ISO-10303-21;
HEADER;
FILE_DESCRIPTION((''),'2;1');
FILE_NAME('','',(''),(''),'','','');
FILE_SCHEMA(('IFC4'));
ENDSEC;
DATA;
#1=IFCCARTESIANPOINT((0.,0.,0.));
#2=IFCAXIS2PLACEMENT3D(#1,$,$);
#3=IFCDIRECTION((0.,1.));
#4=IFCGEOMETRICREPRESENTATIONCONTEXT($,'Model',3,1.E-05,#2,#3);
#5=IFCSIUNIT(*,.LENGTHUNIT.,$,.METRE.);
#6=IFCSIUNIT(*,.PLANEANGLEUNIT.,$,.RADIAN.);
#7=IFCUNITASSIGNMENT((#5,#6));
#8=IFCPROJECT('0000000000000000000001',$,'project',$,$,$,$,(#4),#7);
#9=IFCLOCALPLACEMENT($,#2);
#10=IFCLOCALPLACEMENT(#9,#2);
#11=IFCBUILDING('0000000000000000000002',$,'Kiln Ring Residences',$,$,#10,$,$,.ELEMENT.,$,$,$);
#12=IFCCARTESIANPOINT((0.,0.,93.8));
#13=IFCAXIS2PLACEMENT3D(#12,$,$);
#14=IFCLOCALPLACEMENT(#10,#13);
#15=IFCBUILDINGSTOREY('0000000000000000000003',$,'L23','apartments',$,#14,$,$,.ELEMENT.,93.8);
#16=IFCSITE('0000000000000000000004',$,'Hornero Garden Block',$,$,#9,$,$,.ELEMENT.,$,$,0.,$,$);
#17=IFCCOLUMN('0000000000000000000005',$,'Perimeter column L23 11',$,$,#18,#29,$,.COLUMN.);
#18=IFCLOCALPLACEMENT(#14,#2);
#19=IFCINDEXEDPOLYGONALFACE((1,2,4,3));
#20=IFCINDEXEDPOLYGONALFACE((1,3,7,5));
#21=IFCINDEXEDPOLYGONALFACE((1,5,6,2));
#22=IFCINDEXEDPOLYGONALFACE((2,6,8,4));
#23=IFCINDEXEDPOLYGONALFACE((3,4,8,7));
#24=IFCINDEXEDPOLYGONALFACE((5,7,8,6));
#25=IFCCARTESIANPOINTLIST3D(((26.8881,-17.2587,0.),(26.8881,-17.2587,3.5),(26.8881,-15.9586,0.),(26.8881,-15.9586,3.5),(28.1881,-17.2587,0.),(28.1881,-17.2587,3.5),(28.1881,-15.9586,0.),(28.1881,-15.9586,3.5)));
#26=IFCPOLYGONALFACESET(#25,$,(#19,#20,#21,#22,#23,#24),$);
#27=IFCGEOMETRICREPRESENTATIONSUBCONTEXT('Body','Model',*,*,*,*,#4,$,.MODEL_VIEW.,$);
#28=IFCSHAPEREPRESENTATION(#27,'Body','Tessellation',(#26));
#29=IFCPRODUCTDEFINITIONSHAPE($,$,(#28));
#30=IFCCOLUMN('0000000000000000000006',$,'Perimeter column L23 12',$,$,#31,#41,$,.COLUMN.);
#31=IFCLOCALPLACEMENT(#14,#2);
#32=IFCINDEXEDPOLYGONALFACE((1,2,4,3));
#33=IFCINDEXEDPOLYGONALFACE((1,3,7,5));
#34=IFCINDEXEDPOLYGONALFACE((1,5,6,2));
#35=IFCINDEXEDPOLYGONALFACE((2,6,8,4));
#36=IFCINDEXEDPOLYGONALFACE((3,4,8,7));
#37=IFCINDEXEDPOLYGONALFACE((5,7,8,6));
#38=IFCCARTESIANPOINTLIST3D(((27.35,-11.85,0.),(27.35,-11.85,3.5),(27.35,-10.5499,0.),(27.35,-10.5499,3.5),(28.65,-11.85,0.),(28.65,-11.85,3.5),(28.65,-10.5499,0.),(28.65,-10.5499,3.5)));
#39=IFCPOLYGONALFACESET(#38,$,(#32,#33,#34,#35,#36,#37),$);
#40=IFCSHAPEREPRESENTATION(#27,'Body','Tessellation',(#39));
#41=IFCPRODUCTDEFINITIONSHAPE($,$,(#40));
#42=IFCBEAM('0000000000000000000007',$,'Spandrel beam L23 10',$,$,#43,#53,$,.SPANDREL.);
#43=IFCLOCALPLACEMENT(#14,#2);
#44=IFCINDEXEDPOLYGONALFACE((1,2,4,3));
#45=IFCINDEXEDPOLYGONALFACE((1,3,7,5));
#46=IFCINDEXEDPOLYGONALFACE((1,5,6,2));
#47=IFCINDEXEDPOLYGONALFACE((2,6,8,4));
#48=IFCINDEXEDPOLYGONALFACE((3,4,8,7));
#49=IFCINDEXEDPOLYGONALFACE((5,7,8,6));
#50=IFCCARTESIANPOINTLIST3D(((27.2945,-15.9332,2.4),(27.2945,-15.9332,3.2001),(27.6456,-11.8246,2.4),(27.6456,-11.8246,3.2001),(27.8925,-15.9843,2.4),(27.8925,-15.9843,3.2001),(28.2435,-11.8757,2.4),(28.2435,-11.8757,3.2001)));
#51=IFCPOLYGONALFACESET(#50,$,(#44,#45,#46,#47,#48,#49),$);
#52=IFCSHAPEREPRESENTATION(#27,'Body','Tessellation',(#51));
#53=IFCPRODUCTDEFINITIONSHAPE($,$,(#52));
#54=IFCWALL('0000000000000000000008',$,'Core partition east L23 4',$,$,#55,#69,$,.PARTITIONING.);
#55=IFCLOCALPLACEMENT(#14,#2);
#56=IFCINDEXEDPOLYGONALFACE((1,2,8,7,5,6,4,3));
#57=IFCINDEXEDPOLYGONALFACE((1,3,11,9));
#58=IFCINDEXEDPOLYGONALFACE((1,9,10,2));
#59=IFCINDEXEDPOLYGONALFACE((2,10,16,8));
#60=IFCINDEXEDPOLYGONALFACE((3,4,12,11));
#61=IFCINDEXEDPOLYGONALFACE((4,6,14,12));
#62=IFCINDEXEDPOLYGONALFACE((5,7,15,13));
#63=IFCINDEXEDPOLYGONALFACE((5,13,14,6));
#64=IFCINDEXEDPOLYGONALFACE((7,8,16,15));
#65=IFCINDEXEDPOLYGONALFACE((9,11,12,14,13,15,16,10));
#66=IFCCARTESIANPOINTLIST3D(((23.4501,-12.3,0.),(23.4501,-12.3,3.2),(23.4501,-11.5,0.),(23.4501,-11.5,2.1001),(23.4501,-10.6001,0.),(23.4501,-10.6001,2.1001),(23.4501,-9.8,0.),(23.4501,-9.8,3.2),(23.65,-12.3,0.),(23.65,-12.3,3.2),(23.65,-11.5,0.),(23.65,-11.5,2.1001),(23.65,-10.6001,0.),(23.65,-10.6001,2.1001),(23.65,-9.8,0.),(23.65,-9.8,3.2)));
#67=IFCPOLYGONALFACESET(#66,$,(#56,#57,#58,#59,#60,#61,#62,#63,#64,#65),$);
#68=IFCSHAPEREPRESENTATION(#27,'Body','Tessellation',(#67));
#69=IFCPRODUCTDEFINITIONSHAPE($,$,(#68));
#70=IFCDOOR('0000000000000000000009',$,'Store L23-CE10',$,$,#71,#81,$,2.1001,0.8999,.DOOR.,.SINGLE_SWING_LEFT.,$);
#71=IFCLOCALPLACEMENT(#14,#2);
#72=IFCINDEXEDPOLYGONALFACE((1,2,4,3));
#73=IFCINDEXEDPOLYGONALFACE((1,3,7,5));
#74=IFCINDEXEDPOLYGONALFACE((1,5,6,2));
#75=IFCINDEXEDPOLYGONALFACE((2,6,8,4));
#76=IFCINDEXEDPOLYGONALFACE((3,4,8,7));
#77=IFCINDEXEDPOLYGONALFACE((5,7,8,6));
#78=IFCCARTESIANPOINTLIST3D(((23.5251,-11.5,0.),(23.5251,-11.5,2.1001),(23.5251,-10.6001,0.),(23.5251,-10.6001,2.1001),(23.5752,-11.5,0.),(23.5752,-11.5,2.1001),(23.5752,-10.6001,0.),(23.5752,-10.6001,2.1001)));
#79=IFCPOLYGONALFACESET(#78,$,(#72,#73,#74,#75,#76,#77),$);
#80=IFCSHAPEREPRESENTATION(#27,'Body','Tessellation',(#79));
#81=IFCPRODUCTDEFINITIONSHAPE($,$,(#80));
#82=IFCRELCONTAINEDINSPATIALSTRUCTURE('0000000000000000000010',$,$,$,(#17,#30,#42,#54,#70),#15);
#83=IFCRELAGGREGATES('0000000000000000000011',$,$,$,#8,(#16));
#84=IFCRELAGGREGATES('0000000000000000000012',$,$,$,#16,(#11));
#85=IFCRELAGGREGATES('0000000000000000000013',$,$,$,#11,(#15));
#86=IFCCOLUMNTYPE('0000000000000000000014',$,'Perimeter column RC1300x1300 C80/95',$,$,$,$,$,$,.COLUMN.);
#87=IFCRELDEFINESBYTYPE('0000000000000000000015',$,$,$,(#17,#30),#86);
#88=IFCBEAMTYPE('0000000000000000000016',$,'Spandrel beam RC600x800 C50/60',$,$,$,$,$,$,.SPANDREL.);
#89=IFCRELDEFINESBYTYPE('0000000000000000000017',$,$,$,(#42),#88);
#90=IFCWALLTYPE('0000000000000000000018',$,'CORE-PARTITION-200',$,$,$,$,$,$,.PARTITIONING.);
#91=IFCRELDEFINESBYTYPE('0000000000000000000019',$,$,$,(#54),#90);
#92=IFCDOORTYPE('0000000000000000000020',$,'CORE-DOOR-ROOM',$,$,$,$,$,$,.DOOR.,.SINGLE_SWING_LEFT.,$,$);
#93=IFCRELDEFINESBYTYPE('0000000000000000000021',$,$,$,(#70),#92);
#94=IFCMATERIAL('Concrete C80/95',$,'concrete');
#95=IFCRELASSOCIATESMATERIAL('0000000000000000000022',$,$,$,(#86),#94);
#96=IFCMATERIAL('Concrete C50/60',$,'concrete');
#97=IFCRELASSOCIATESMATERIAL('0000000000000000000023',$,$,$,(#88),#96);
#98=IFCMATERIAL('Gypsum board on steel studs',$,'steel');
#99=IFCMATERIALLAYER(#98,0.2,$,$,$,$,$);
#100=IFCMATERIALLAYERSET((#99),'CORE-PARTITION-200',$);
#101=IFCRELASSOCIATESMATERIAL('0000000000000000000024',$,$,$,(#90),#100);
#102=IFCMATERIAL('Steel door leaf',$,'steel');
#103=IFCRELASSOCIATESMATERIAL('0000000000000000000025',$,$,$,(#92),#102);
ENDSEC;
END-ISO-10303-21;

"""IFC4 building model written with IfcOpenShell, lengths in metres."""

from ifc_helpers import new_model, si_unit, direction, frame, frame_2d, origin, origin_2d, place, context, subcontext, project, spatial, rectangle, extrude, material, layer, layer_set, material_profile, profile_set, type_object, element, fill, save


model = new_model("IFC4")

# Units and contexts
model_context = context("Model", 3, precision=1e-05, world=origin(), true_north=direction((0.0, 1.0)))
body_context = subcontext(model_context, "Body", "Model", "MODEL_VIEW")
ifc_project = project(units=[si_unit("LENGTHUNIT", "METRE"), si_unit("PLANEANGLEUNIT", "RADIAN")], contexts=[model_context])

# Site, building, storey
site_placement = place(None, origin())
site = spatial("IfcSite", under=ifc_project, at=site_placement, Name="Hornero Garden Block", CompositionType="ELEMENT", RefElevation=0.0)
building_placement = place(site_placement, origin())
building = spatial("IfcBuilding", under=site, at=building_placement, Name="Kiln Ring Residences", CompositionType="ELEMENT")
storey_placement = place(building_placement, frame((0.0, 0.0, 93.8)))
storey = spatial("IfcBuildingStorey", under=building, at=storey_placement, Name="L23", Description="apartments", CompositionType="ELEMENT", Elevation=93.8)

# Columns
ifc_material_1 = material(Name="Concrete C80/95", Category="concrete")
ifc_material_profile_1 = material_profile(ifc_material_1, rectangle(XDim=1.3, YDim=1.3, at=origin_2d()), Name="RC1300x1300")
ifc_profile_set_1 = profile_set([ifc_material_profile_1], Name="Concrete C80/95")
column_type = type_object("IfcColumnType", Name="Perimeter column RC1300x1300 C80/95", PredefinedType="COLUMN", material=ifc_profile_set_1)
for number, where, z_axis, x_axis, name in (
    (1, (27.5381, -16.6086, 0.0), (0.0, 0.0, 1.0), (1.0, 0.0, 0.0), "Perimeter column L23 11"),
    (2, (28.0, -11.2, 0.0), (0.0, 0.0, 1.0), (1.0, 0.0, 0.0), "Perimeter column L23 12"),
):
    element("IfcColumn", number, at=place(storey_placement, frame(where, z_axis=z_axis, x_axis=x_axis)), inside=storey, type_object=column_type, Name=name, PredefinedType="COLUMN", context=body_context, shape_type="SweptSolid", body=[
        extrude(rectangle(XDim=1.3, YDim=1.3, at=origin_2d()), origin(), (0.0, 0.0, 1.0), 3.5),
    ])

# Beam
ifc_material_2 = material(Name="Concrete C50/60", Category="concrete")
ifc_material_profile_2 = material_profile(ifc_material_2, rectangle(XDim=0.6001, YDim=0.8, at=origin_2d()), Name="RC600x800")
ifc_profile_set_2 = profile_set([ifc_material_profile_2], Name="Concrete C50/60")
beam_type = type_object("IfcBeamType", Name="Spandrel beam RC600x800 C50/60", PredefinedType="SPANDREL", material=ifc_profile_set_2)
beam_placement = place(storey_placement, frame((27.5935, -15.9587, 2.8), z_axis=(0.085137, 0.996369, 0.0), x_axis=(-0.996369, 0.085137, 0.0)))
element("IfcBeam", 3, at=beam_placement, inside=storey, type_object=beam_type, Name="Spandrel beam L23 10", PredefinedType="SPANDREL", context=body_context, shape_type="SweptSolid", body=[
    extrude(rectangle(XDim=0.6001, YDim=0.8, at=origin_2d()), origin(), (0.0, 0.0, 1.0), 4.1235),
])

# Wall, opening, door
ifc_material_3 = material(Name="Gypsum board on steel studs", Category="steel")
ifc_layer_1 = layer(ifc_material_3, 0.2)
ifc_layer_set_1 = layer_set([ifc_layer_1], Name="CORE-PARTITION-200")
wall_type_1 = type_object("IfcWallType", Name="CORE-PARTITION-200", PredefinedType="PARTITIONING", material=ifc_layer_set_1)
wall_1_placement = place(storey_placement, frame((23.55, -12.3, 0.0), z_axis=(0.0, 0.0, 1.0), x_axis=(0.0, 1.0, 0.0)))
wall_1 = element("IfcWall", 4, at=wall_1_placement, inside=storey, type_object=wall_type_1, Name="Core partition east L23 4", PredefinedType="PARTITIONING", context=body_context, shape_type="SweptSolid", body=[
    extrude(rectangle(XDim=2.5, YDim=0.2, at=frame_2d((1.25, 0.0))), origin(), (0.0, 0.0, 1.0), 3.2),
])
opening_1_placement = place(wall_1_placement, frame((0.8, 0.0, 0.0)))
opening_1 = element("IfcOpeningElement", 5, at=opening_1_placement, cuts=wall_1, PredefinedType="OPENING", context=body_context, shape_type="SweptSolid", body=[
    extrude(rectangle(XDim=0.8999, YDim=2.1001, at=frame_2d((0.45, 1.05))), frame((0.0, 0.1099, 0.0), z_axis=(0.0, -1.0, 0.0), x_axis=(1.0, 0.0, 0.0)), (0.0, 0.0, 1.0), 0.22),
])
ifc_material_4 = material(Name="Steel door leaf", Category="steel")
door_type_1 = type_object("IfcDoorType", Name="CORE-DOOR-ROOM", OperationType="SINGLE_SWING_LEFT", PredefinedType="DOOR", material=ifc_material_4)
door_1_placement = place(opening_1_placement, origin())
door_1 = element("IfcDoor", 6, at=door_1_placement, inside=storey, type_object=door_type_1, Name="Store L23-CE10", OperationType="SINGLE_SWING_LEFT", OverallHeight=2.1001, OverallWidth=0.8999, PredefinedType="DOOR", context=body_context, shape_type="SweptSolid", body=[
    extrude(rectangle(XDim=0.8999, YDim=2.1001, at=frame_2d((0.45, 1.05))), frame((0.0, 0.0249, 0.0), z_axis=(0.0, -1.0, 0.0), x_axis=(1.0, 0.0, 0.0)), (0.0, 0.0, 1.0), 0.05),
])
fill(opening_1, door_1)

save(model, "model.ifc")
